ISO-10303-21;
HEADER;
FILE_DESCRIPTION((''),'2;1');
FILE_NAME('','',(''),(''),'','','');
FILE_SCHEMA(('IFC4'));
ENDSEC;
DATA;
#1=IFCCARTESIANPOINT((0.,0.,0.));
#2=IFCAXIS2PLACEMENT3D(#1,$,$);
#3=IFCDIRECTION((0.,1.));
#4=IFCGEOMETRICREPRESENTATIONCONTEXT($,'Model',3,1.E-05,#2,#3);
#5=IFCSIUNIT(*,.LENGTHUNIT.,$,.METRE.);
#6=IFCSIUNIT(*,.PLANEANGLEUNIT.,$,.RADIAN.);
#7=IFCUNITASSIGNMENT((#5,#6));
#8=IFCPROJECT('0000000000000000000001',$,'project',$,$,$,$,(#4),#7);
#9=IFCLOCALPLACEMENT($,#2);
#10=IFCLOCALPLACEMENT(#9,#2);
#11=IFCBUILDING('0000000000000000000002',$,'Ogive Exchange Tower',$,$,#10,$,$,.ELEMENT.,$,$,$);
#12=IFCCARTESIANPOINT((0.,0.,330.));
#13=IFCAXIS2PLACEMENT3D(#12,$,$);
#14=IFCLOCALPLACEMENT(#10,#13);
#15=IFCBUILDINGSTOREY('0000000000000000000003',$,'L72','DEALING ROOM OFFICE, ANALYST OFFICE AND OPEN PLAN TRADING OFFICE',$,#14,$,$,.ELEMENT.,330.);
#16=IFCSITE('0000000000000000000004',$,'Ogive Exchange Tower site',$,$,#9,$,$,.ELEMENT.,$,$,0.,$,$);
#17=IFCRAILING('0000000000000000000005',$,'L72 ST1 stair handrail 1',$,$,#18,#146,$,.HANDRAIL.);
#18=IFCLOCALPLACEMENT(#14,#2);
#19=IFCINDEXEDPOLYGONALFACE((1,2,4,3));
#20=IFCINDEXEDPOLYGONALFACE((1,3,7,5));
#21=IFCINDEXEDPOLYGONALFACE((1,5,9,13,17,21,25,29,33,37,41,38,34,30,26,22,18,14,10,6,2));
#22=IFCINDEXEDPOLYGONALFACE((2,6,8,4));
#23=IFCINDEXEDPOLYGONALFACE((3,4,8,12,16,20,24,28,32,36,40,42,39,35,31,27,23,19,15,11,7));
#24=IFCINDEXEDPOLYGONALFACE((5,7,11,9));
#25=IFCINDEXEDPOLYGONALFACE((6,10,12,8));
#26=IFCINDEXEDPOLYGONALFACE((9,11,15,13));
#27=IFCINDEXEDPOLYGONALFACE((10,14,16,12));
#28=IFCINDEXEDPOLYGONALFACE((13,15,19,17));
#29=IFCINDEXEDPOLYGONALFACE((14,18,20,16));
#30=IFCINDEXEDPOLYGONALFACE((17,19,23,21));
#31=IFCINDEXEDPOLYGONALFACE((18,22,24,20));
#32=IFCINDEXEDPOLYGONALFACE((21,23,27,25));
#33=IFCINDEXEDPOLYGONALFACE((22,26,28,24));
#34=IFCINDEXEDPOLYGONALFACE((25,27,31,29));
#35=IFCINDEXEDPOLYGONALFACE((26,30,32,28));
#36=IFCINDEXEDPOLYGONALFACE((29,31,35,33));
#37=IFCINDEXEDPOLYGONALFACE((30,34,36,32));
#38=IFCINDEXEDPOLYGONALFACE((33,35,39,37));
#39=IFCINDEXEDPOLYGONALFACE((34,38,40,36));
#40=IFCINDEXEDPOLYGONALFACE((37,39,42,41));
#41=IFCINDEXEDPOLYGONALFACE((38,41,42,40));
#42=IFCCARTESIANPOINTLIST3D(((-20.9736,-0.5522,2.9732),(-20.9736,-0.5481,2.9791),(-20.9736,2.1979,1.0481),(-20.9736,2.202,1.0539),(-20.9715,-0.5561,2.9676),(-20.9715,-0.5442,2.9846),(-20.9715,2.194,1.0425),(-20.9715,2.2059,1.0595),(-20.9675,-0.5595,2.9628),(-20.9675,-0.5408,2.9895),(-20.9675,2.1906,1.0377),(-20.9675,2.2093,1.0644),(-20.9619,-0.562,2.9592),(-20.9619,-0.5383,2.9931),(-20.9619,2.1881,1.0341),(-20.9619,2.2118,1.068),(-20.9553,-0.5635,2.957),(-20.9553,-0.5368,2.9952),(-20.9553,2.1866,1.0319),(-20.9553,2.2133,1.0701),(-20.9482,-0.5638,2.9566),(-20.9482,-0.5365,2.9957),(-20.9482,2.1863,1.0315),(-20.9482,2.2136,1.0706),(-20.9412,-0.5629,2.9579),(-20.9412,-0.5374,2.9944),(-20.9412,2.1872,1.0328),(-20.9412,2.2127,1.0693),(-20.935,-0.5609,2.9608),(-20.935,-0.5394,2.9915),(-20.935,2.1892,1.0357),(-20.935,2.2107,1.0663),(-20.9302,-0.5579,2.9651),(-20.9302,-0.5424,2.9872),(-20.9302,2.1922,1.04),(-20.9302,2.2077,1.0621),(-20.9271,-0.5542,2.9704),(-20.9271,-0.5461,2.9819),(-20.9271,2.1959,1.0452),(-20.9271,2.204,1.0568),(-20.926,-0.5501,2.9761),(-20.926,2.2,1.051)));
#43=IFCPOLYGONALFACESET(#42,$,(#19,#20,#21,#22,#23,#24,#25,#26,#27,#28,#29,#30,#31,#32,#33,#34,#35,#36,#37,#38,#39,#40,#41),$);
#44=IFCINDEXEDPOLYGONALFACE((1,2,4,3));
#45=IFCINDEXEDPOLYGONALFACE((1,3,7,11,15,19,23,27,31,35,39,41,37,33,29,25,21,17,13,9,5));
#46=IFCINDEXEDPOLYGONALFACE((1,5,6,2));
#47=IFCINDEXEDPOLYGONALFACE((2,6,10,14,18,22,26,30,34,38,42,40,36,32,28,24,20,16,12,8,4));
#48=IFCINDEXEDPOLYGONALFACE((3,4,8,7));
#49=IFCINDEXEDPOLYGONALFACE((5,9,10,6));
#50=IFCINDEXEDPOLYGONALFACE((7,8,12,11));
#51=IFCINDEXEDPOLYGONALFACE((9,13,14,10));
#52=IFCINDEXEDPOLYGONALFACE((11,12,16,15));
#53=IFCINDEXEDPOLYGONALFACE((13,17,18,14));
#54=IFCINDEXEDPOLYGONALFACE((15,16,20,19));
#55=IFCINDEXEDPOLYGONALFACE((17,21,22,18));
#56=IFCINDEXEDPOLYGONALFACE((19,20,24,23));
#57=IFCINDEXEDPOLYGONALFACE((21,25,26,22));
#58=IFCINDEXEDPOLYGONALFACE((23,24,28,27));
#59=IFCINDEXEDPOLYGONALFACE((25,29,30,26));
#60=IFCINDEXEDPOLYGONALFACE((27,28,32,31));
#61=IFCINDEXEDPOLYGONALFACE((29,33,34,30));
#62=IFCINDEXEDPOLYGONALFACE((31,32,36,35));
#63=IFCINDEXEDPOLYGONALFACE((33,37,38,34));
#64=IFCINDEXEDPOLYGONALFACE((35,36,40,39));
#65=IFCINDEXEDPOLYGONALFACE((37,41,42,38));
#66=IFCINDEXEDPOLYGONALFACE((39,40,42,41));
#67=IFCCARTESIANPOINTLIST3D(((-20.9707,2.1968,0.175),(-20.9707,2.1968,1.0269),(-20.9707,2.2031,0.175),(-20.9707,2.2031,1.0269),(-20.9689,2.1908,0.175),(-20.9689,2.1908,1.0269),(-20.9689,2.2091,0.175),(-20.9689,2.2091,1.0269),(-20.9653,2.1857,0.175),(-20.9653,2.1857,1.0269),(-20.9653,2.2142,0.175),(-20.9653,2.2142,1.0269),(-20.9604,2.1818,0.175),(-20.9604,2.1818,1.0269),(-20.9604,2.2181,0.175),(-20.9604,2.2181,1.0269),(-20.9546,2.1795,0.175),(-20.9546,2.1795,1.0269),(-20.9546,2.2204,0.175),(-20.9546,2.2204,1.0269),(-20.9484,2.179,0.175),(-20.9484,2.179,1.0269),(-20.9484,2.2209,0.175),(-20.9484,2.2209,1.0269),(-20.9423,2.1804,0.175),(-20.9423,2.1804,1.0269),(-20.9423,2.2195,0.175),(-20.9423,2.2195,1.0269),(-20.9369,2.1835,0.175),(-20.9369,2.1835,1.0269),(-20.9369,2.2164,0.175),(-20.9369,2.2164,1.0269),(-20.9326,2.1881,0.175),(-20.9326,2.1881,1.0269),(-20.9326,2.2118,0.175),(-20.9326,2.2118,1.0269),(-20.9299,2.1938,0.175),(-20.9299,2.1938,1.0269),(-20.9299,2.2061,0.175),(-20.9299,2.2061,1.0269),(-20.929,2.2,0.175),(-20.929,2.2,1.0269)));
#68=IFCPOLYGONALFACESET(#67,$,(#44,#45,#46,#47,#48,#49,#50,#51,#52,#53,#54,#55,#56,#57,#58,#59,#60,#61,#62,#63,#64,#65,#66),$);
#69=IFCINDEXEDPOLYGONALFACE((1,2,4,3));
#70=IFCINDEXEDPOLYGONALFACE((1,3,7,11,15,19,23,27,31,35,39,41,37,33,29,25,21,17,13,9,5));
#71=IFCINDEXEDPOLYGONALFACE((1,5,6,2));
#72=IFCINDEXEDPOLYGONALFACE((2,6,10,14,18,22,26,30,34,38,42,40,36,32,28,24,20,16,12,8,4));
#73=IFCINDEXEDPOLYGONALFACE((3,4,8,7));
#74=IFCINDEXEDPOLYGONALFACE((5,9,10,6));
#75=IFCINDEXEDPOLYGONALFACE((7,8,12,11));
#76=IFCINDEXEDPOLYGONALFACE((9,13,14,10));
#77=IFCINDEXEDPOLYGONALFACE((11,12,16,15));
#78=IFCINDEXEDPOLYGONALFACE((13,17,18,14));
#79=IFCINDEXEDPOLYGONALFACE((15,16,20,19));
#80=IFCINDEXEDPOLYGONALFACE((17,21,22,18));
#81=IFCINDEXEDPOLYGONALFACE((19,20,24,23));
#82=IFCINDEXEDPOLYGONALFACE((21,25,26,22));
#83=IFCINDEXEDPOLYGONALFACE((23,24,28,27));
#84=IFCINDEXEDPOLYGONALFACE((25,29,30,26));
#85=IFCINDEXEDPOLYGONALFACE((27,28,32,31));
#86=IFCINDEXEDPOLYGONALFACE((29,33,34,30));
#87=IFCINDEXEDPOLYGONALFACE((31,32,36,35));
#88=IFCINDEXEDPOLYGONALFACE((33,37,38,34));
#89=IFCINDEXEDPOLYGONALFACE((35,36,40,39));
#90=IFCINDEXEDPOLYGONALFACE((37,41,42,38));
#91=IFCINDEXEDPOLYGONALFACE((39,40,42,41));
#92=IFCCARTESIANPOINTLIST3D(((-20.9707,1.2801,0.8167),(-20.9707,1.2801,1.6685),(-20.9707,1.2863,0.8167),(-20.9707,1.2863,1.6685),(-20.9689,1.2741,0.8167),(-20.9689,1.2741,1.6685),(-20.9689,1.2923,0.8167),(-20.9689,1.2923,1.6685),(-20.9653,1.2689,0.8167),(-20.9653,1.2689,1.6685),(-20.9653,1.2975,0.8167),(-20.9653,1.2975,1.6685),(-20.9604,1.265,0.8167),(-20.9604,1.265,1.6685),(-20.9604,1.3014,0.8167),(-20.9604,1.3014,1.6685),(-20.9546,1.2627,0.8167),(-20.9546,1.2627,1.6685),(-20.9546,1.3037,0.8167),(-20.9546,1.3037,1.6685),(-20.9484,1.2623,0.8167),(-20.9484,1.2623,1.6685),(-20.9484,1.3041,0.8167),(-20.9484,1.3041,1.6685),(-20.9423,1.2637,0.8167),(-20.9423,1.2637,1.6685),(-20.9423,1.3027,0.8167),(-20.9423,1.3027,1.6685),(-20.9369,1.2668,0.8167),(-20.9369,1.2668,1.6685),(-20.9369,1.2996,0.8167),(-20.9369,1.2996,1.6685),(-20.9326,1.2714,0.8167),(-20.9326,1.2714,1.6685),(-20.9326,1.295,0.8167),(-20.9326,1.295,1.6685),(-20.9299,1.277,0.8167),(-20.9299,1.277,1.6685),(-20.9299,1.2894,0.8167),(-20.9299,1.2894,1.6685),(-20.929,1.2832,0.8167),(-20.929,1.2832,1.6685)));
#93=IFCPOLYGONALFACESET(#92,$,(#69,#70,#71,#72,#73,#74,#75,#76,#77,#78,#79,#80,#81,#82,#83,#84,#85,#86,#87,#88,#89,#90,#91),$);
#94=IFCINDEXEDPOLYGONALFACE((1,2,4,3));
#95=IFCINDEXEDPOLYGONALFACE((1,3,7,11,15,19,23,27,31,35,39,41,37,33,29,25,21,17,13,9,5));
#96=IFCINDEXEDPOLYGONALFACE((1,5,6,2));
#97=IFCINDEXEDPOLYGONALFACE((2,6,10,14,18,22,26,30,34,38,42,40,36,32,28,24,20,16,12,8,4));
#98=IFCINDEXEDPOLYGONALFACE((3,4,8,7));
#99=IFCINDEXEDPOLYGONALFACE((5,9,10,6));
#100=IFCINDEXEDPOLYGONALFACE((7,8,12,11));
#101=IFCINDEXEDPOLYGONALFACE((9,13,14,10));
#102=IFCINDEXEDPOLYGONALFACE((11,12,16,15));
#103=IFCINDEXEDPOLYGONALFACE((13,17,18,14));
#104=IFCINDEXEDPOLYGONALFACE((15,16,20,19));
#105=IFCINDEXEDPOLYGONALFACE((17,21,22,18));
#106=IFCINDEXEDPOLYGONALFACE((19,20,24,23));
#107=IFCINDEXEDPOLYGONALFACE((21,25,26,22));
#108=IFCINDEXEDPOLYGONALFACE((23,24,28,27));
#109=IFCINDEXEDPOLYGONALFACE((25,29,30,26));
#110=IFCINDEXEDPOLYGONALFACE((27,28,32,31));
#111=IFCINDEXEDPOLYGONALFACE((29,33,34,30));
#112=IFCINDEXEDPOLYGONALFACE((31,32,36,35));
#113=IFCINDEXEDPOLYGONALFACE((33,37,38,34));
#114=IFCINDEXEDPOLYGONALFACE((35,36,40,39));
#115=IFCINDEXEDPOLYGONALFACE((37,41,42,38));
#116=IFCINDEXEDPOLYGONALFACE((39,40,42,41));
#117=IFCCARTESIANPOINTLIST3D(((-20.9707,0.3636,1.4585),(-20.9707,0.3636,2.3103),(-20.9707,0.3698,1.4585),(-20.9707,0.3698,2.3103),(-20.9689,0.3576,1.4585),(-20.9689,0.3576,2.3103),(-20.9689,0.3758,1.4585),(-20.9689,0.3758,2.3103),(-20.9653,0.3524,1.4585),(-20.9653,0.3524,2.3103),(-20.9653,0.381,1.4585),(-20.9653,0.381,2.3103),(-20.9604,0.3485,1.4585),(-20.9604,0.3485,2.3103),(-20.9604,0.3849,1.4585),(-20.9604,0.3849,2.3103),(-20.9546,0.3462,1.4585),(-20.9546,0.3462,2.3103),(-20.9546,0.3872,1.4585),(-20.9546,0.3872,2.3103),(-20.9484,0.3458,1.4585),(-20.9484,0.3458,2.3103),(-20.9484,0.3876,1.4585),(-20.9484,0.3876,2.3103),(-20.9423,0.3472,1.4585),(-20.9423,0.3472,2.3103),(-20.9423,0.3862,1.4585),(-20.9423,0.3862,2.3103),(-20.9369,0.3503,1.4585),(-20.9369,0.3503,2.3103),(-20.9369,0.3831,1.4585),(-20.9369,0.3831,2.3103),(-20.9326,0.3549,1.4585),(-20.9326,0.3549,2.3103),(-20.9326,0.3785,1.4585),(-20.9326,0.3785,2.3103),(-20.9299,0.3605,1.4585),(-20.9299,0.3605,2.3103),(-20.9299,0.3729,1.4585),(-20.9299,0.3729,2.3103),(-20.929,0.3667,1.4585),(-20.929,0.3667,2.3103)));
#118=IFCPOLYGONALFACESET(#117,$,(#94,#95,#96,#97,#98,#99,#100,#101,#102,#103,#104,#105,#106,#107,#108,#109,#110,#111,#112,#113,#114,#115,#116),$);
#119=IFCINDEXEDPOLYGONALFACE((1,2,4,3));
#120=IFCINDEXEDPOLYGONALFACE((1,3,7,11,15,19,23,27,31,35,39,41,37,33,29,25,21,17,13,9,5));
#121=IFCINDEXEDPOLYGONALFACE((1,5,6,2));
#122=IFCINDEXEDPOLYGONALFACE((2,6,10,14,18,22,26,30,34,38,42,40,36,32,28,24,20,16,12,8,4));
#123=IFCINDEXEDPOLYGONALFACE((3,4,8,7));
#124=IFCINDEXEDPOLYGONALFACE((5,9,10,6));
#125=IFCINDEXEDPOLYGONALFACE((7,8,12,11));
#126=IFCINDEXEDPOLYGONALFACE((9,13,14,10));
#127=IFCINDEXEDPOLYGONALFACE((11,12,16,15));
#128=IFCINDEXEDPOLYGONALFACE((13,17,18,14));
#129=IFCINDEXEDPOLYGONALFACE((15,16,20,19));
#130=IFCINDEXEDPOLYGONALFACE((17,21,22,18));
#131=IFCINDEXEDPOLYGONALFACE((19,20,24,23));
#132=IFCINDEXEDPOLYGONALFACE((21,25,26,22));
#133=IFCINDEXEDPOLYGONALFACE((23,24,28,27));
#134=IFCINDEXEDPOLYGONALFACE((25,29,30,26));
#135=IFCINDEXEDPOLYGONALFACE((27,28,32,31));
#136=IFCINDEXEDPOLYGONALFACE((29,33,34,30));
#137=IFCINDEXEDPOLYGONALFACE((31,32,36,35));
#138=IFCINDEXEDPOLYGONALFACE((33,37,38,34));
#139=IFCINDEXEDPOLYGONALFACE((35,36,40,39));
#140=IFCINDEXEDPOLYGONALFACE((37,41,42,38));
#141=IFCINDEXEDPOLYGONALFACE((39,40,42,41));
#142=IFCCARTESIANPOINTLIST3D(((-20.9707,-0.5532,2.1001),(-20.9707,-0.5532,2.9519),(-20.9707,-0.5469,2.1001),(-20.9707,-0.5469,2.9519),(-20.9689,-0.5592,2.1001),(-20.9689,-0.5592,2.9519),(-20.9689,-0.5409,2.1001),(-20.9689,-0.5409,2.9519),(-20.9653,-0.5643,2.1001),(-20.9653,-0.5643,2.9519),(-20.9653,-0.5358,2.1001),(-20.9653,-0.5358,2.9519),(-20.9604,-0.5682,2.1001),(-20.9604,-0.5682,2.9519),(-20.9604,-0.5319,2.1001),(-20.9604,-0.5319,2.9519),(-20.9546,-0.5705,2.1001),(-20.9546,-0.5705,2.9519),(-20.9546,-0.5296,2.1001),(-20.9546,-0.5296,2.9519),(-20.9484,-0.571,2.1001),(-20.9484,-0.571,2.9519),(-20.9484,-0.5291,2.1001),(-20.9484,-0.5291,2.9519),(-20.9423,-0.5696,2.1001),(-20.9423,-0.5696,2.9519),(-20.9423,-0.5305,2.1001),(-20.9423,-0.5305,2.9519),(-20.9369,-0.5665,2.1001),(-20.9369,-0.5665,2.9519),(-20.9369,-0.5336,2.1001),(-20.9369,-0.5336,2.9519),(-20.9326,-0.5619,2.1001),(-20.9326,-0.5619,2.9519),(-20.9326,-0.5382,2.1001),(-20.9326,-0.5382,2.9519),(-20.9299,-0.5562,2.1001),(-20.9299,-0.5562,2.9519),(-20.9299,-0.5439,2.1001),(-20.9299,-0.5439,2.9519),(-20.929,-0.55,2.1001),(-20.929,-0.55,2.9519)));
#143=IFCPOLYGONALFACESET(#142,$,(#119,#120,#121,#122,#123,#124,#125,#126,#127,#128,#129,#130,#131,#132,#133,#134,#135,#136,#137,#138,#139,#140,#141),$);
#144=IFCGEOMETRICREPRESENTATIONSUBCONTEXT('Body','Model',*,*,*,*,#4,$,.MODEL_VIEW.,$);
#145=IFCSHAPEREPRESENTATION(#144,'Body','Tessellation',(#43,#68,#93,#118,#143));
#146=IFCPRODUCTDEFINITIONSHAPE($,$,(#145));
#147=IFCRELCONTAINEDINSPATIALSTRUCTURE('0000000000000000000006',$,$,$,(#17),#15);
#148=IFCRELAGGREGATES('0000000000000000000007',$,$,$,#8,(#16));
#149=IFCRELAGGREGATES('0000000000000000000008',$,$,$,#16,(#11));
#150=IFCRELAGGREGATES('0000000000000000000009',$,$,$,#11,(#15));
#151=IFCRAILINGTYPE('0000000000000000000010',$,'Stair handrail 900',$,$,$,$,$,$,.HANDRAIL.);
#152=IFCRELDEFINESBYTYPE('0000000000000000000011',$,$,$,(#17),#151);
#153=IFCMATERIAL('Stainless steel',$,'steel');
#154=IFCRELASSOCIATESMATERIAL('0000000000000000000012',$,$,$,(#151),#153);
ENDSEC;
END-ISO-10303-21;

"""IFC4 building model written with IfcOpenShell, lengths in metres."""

from ifc_helpers import new_model, si_unit, direction, frame, origin, origin_2d, place, context, subcontext, project, spatial, circle, extrude, material, type_object, element, save


model = new_model("IFC4")

# Units and contexts
model_context = context("Model", 3, precision=1e-05, world=origin(), true_north=direction((0.0, 1.0)))
body_context = subcontext(model_context, "Body", "Model", "MODEL_VIEW")
ifc_project = project(units=[si_unit("LENGTHUNIT", "METRE"), si_unit("PLANEANGLEUNIT", "RADIAN")], contexts=[model_context])

# Site, building, storey
site_placement = place(None, origin())
site = spatial("IfcSite", under=ifc_project, at=site_placement, Name="Ogive Exchange Tower site", CompositionType="ELEMENT", RefElevation=0.0)
building_placement = place(site_placement, origin())
building = spatial("IfcBuilding", under=site, at=building_placement, Name="Ogive Exchange Tower", CompositionType="ELEMENT")
storey_placement = place(building_placement, frame((0.0, 0.0, 330.0)))
storey = spatial("IfcBuildingStorey", under=building, at=storey_placement, Name="L72", Description="DEALING ROOM OFFICE, ANALYST OFFICE AND OPEN PLAN TRADING OFFICE", CompositionType="ELEMENT", Elevation=330.0)

# Shared definitions
ifc_material_1 = material(Name="Stainless steel", Category="steel")

# Railing
railing_type = type_object("IfcRailingType", Name="Stair handrail 900", PredefinedType="HANDRAIL", material=ifc_material_1)
railing_placement = place(storey_placement, frame((-20.95, 2.2, 0.175)))
element("IfcRailing", 1, at=railing_placement, inside=storey, type_object=railing_type, Name="L72 ST1 stair handrail 1", PredefinedType="HANDRAIL", context=body_context, shape_type="SweptSolid", body=[
    extrude(circle(Radius=0.0239, at=origin_2d()), frame((0.0, 0.0, 0.876), z_axis=(0.0, -0.819225, 0.573472), x_axis=(1.0, 0.0, 0.0)), (0.0, 0.0, 1.0), 3.3569),
    extrude(circle(Radius=0.021, at=origin_2d()), origin(), (0.0, 0.0, 1.0), 0.8518),
    extrude(circle(Radius=0.021, at=origin_2d()), frame((0.0, -0.9167, 0.6416)), (0.0, 0.0, 1.0), 0.8518),
    extrude(circle(Radius=0.021, at=origin_2d()), frame((0.0, -1.8333, 1.2834)), (0.0, 0.0, 1.0), 0.8518),
    extrude(circle(Radius=0.021, at=origin_2d()), frame((0.0, -2.75, 1.925)), (0.0, 0.0, 1.0), 0.8518),
])

save(model, "model.ifc")
